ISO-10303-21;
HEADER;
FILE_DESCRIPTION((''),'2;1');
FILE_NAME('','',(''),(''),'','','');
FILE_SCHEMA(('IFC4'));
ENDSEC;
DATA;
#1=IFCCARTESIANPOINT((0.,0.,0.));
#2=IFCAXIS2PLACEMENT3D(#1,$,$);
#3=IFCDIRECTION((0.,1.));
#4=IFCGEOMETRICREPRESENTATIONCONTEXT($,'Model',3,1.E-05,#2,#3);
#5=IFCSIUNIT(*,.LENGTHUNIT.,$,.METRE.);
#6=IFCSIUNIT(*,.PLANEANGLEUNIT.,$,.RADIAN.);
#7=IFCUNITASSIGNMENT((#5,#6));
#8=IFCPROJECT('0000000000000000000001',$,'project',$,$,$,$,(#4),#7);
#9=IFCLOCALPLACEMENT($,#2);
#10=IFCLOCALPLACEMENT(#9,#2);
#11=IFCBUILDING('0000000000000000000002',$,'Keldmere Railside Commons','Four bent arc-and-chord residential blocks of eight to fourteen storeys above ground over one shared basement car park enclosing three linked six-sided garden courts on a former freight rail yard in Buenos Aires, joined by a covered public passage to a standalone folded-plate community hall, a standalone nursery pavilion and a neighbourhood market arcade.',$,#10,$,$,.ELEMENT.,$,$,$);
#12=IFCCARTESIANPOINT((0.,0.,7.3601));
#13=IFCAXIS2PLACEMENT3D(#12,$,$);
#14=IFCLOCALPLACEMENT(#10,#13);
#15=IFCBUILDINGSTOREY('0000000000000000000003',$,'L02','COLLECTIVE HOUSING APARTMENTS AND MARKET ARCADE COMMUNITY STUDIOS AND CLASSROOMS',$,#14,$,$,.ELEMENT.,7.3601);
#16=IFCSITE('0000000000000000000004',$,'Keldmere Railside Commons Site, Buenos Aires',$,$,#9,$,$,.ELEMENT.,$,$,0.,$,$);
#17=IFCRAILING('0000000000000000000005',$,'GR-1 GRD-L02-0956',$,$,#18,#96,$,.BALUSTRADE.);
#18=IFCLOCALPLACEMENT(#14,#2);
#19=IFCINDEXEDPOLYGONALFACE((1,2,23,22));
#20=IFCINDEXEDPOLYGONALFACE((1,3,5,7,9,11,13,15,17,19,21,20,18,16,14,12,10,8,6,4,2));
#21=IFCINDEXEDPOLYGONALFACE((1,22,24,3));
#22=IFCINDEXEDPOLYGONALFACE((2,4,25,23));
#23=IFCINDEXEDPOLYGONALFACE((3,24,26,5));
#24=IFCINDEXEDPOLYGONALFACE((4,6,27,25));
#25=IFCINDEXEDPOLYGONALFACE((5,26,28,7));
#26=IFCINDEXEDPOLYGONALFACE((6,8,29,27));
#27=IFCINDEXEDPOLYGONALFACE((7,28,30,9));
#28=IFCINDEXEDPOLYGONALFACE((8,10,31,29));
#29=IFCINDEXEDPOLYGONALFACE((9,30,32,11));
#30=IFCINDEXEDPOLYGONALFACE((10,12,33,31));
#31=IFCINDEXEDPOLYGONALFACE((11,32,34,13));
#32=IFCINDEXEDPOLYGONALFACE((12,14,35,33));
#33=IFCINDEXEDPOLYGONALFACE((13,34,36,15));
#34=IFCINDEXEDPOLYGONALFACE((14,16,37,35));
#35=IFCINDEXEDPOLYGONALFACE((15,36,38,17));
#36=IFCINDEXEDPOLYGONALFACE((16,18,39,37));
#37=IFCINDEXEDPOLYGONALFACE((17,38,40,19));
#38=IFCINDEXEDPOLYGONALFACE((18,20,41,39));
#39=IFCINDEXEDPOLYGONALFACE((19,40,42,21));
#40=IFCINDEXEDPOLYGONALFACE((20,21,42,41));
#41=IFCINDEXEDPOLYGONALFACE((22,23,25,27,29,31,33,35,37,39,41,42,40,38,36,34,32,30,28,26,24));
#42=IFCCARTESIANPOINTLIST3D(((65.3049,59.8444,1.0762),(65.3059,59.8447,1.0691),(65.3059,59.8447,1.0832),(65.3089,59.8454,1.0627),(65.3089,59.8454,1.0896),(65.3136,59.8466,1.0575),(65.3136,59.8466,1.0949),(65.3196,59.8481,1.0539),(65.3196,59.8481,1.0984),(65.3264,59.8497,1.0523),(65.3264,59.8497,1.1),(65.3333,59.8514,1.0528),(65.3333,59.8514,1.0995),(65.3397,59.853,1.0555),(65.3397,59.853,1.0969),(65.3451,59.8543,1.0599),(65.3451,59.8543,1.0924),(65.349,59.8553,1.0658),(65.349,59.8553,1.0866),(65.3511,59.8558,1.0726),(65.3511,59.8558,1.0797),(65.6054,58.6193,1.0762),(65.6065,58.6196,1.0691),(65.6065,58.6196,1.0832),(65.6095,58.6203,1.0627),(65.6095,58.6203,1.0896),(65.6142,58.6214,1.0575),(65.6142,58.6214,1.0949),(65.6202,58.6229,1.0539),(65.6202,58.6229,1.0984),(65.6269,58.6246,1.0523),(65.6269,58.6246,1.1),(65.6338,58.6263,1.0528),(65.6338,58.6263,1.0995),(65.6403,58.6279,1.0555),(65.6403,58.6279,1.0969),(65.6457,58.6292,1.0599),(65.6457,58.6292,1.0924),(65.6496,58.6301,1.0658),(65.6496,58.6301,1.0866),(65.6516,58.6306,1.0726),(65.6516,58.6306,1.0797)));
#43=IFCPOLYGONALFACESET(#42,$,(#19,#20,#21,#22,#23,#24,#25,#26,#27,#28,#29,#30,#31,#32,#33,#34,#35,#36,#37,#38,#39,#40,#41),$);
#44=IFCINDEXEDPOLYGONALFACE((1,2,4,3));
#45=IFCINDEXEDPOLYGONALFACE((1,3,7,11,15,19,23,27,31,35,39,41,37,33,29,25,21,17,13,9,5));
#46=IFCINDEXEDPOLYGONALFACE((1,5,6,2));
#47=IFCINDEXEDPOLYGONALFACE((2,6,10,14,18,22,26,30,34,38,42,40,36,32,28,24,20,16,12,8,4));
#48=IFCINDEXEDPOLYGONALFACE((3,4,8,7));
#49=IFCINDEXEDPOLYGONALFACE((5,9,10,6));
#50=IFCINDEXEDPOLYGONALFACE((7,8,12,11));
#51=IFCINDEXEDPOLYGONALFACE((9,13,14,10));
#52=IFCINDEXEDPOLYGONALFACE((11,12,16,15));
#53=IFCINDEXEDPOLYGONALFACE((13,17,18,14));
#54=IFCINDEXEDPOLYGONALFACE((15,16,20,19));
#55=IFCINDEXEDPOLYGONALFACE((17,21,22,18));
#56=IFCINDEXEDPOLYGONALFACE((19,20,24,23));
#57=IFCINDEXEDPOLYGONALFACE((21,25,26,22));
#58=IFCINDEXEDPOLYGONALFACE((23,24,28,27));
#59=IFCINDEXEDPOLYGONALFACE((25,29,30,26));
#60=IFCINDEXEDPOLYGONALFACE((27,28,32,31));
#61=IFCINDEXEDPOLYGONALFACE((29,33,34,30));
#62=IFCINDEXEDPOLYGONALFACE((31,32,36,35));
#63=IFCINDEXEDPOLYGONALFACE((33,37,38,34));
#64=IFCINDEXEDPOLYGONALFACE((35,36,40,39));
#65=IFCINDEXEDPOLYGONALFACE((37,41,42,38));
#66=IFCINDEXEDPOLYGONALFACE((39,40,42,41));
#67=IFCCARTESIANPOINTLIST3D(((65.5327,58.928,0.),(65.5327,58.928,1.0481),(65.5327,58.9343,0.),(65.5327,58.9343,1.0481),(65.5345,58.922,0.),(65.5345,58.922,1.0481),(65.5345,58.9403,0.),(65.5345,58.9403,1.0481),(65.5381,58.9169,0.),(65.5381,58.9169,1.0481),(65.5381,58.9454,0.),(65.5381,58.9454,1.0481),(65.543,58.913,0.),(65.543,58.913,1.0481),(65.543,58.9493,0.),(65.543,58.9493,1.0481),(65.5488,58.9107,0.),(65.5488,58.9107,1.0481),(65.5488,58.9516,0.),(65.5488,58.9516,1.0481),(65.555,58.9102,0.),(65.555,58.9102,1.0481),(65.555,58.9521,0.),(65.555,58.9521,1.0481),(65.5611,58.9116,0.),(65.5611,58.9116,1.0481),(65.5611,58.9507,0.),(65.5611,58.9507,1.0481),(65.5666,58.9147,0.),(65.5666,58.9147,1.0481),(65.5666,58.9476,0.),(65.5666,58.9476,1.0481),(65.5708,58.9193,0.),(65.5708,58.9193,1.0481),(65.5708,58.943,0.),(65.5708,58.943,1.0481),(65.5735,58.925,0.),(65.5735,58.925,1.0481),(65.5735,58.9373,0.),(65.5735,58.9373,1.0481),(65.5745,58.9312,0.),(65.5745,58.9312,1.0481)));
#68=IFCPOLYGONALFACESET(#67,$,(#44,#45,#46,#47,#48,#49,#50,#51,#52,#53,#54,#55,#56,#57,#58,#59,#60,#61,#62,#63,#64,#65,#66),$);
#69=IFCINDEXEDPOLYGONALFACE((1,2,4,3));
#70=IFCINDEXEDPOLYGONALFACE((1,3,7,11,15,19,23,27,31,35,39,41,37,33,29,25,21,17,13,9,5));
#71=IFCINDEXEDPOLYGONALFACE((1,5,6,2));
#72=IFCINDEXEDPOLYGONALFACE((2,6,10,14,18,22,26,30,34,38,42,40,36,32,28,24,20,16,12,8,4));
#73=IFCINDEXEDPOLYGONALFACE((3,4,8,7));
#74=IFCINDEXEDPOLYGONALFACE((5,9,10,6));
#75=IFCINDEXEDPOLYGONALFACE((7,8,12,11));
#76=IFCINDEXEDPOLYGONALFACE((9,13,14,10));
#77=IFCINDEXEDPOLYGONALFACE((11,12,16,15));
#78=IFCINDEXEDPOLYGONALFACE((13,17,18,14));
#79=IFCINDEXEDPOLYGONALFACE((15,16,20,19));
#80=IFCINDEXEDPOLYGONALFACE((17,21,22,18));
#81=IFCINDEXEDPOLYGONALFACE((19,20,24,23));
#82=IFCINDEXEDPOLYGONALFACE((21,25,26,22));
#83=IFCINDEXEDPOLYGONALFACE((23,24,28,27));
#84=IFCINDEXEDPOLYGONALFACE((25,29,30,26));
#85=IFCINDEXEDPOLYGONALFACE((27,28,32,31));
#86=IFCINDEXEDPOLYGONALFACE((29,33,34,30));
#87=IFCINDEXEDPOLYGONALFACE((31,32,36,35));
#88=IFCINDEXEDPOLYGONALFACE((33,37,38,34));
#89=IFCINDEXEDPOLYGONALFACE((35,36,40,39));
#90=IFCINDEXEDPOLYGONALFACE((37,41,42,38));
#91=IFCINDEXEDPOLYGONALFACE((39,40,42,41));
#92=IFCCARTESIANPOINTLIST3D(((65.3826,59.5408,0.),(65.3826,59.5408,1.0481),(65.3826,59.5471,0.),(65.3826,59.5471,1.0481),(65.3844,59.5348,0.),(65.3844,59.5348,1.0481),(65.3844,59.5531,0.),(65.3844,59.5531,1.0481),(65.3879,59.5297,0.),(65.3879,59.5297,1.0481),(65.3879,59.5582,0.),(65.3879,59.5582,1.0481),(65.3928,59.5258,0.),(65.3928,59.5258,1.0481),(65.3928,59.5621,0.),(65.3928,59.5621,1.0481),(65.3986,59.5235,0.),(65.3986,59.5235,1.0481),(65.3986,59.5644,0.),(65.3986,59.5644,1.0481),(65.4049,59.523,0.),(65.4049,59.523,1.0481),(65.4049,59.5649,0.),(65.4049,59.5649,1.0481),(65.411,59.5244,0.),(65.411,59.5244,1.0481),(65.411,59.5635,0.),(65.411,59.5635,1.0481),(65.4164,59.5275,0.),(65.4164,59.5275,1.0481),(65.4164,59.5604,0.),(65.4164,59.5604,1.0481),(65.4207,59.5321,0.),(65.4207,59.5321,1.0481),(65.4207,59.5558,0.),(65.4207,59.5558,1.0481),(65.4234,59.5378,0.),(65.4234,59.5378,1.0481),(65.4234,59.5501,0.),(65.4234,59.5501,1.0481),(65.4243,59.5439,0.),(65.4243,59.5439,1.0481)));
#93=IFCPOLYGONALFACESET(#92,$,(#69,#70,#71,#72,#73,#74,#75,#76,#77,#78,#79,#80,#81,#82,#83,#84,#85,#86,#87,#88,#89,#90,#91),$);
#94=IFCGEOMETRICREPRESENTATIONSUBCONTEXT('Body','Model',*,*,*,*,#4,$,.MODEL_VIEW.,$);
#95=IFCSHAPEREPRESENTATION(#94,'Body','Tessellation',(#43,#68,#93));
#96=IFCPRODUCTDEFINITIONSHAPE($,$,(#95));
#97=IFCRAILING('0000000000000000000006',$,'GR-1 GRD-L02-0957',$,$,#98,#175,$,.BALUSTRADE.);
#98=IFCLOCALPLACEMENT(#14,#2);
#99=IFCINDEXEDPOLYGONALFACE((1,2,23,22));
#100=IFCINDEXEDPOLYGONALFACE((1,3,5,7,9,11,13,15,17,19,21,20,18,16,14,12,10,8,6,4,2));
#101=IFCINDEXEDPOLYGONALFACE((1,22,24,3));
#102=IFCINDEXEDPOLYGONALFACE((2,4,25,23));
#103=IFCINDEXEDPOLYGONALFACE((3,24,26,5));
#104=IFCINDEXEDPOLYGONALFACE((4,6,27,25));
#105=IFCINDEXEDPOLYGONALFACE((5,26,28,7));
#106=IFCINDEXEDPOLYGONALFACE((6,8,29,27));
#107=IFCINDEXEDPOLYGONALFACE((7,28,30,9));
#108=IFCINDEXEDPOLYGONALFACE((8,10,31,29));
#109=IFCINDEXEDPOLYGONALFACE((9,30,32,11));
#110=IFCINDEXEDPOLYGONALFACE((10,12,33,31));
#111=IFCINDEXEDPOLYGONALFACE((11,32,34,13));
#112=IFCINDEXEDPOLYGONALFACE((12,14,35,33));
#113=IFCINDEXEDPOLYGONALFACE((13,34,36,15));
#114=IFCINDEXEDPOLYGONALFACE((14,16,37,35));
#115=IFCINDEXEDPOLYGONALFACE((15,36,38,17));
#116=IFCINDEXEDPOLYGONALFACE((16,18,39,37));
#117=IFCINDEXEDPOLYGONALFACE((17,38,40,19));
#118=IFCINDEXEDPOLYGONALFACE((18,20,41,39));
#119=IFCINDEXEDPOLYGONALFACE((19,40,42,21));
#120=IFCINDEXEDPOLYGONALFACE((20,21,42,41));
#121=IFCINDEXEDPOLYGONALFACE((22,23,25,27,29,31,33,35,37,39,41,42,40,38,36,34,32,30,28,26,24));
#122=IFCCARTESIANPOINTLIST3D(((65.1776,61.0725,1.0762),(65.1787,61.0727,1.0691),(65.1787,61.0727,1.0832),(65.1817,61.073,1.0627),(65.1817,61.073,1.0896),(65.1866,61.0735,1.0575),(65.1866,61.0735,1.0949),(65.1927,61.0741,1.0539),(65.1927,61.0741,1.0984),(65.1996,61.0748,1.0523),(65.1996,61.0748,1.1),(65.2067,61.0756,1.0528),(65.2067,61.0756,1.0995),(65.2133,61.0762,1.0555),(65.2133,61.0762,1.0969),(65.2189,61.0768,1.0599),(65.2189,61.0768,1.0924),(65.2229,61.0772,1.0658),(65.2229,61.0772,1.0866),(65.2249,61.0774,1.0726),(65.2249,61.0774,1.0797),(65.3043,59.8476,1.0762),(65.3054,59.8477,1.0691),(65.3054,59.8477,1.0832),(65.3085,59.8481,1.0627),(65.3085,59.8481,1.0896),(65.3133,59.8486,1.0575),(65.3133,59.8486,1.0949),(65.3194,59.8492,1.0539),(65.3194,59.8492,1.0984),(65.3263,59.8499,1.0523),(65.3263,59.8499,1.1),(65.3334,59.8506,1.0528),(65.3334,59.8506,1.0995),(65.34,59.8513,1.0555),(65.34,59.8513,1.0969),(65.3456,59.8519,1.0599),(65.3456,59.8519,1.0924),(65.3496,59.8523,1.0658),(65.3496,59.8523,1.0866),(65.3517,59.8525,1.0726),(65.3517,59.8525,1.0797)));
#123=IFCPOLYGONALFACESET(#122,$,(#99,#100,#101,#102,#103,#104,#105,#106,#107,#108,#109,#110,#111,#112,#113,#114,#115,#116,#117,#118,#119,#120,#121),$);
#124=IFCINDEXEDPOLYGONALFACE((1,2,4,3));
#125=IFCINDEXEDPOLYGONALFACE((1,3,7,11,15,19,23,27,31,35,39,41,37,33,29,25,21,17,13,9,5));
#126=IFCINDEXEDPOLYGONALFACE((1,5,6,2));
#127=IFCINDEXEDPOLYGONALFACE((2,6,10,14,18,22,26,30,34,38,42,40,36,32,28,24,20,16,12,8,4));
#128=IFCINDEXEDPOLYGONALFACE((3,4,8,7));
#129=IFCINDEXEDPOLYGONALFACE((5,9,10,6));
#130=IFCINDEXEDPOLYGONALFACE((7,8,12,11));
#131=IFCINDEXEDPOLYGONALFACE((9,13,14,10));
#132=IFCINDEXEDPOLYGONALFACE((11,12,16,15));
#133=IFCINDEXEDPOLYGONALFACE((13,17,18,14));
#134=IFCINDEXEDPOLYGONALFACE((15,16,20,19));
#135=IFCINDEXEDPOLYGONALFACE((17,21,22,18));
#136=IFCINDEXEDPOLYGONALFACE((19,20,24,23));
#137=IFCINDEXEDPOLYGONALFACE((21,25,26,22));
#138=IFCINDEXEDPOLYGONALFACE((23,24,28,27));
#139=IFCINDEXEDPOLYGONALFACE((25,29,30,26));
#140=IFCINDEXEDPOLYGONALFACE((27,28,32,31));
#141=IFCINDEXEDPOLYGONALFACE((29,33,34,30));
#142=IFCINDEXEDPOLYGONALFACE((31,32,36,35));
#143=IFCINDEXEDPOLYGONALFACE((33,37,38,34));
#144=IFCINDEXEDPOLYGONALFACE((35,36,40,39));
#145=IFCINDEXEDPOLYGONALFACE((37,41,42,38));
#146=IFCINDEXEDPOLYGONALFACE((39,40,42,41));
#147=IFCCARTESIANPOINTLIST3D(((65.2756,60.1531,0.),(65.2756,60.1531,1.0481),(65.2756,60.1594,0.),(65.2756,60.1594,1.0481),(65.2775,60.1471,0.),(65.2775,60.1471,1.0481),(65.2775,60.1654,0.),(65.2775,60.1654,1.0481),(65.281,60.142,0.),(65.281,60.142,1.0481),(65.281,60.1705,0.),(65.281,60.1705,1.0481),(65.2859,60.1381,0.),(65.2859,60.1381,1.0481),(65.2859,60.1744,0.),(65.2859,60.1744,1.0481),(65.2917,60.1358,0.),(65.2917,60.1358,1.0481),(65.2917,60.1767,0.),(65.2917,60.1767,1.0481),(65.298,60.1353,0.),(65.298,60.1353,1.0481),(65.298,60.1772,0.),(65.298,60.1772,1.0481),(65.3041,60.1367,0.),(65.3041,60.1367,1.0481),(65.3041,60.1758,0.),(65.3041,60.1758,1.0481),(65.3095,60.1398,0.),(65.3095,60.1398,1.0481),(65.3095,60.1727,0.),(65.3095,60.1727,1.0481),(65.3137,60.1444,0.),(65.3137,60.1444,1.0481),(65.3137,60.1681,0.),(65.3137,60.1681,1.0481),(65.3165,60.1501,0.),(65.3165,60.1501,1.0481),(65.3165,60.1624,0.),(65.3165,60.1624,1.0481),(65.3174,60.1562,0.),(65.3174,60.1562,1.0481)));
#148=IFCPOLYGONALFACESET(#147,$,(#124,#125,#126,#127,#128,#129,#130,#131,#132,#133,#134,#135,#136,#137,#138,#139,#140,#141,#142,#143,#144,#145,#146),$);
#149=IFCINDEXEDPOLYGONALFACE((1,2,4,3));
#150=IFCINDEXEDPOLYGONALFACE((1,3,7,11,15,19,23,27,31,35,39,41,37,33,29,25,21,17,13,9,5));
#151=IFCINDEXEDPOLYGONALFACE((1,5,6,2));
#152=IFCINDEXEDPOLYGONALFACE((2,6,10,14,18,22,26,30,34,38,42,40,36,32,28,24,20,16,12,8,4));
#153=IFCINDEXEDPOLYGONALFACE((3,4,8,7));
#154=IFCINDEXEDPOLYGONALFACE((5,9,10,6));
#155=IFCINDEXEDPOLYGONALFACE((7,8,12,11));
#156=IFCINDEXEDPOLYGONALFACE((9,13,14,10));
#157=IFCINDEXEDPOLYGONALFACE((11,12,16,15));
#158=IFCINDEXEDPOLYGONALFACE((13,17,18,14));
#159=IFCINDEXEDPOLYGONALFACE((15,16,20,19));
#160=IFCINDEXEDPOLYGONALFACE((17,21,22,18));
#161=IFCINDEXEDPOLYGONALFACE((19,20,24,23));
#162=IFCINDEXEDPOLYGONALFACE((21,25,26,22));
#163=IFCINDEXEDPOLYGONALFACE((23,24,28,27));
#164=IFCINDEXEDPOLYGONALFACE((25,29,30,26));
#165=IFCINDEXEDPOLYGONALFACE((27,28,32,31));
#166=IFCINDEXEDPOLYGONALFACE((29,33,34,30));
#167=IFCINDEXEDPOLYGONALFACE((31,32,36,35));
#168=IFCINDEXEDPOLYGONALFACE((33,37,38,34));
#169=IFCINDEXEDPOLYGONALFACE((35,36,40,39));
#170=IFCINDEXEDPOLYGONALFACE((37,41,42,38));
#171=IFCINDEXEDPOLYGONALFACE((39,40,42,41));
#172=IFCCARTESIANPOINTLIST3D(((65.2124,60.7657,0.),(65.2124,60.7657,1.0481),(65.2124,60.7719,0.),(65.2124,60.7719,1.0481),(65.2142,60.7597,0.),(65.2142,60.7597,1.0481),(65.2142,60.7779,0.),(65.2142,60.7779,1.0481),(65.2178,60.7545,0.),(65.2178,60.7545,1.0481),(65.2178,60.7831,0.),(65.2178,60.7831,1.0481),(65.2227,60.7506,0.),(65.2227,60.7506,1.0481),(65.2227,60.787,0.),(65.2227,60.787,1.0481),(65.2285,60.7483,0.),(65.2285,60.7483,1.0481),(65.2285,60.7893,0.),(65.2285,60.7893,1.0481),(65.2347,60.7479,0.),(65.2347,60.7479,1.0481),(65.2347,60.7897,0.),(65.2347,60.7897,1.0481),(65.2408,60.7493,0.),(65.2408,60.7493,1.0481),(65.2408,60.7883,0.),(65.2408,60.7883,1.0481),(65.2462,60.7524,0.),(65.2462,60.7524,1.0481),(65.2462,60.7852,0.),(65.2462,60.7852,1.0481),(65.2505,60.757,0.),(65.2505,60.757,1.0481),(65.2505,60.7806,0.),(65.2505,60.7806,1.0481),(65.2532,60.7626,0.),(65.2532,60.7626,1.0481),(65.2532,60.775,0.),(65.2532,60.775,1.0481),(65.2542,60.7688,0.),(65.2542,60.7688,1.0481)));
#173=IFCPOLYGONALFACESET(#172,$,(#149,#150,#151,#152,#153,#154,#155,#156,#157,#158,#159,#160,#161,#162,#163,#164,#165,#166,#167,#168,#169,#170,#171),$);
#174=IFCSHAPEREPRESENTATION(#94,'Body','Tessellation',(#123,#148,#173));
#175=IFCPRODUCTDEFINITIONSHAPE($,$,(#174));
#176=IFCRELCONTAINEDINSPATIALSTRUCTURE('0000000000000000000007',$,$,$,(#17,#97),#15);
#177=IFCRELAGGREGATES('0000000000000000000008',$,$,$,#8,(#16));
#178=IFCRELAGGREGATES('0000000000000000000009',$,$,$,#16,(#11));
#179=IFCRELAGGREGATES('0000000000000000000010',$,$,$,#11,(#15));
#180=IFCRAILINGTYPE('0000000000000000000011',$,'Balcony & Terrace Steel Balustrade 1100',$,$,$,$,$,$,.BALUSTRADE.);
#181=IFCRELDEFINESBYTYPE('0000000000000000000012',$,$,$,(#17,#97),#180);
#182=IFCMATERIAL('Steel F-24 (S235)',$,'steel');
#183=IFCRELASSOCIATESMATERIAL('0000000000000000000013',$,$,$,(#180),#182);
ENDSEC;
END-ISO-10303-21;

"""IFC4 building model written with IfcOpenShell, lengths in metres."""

from ifc_helpers import new_model, si_unit, direction, frame, origin, origin_2d, place, context, subcontext, project, spatial, circle, extrude, material, type_object, element, save


model = new_model("IFC4")

# Units and contexts
model_context = context("Model", 3, precision=1e-05, world=origin(), true_north=direction((0.0, 1.0)))
body_context = subcontext(model_context, "Body", "Model", "MODEL_VIEW")
ifc_project = project(units=[si_unit("LENGTHUNIT", "METRE"), si_unit("PLANEANGLEUNIT", "RADIAN")], contexts=[model_context])

# Site, building, storey
site_placement = place(None, origin())
site = spatial("IfcSite", under=ifc_project, at=site_placement, Name="Keldmere Railside Commons Site, Buenos Aires", CompositionType="ELEMENT", RefElevation=0.0)
building_placement = place(site_placement, origin())
building = spatial("IfcBuilding", under=site, at=building_placement, Name="Keldmere Railside Commons", Description="Four bent arc-and-chord residential blocks of eight to fourteen storeys above ground over one shared basement car park enclosing three linked six-sided garden courts on a former freight rail yard in Buenos Aires, joined by a covered public passage to a standalone folded-plate community hall, a standalone nursery pavilion and a neighbourhood market arcade.", CompositionType="ELEMENT")
storey_placement = place(building_placement, frame((0.0, 0.0, 7.3601)))
storey = spatial("IfcBuildingStorey", under=building, at=storey_placement, Name="L02", Description="COLLECTIVE HOUSING APARTMENTS AND MARKET ARCADE COMMUNITY STUDIOS AND CLASSROOMS", CompositionType="ELEMENT", Elevation=7.3601)

# Railings
ifc_material_1 = material(Name="Steel F-24 (S235)", Category="steel")
railing_type = type_object("IfcRailingType", Name="Balcony & Terrace Steel Balustrade 1100", PredefinedType="BALUSTRADE", material=ifc_material_1)
railing_1_placement = place(storey_placement, frame((65.6287, 58.625, 0.0)))
element("IfcRailing", 1, at=railing_1_placement, inside=storey, type_object=railing_type, Name="GR-1 GRD-L02-0956", PredefinedType="BALUSTRADE", context=body_context, shape_type="SweptSolid", body=[
    extrude(circle(Radius=0.0239, at=origin_2d()), frame((0.0, 0.0, 1.0762), z_axis=(-0.238253, 0.971203, 0.0), x_axis=(-0.971203, -0.238253, 0.0)), (0.0, 0.0, 1.0), 1.2615),
    extrude(circle(Radius=0.021, at=origin_2d()), frame((-0.0752, 0.3062, 0.0)), (0.0, 0.0, 1.0), 1.0481),
    extrude(circle(Radius=0.021, at=origin_2d()), frame((-0.2253, 0.9189, 0.0)), (0.0, 0.0, 1.0), 1.0481),
])
railing_2_placement = place(storey_placement, frame((65.3281, 59.8501, 0.0)))
element("IfcRailing", 2, at=railing_2_placement, inside=storey, type_object=railing_type, Name="GR-1 GRD-L02-0957", PredefinedType="BALUSTRADE", context=body_context, shape_type="SweptSolid", body=[
    extrude(circle(Radius=0.0239, at=origin_2d()), frame((0.0, 0.0, 1.0762), z_axis=(-0.102899, 0.994692, 0.0), x_axis=(-0.994692, -0.102899, 0.0)), (0.0, 0.0, 1.0), 1.2314),
    extrude(circle(Radius=0.021, at=origin_2d()), frame((-0.0317, 0.3062, 0.0)), (0.0, 0.0, 1.0), 1.0481),
    extrude(circle(Radius=0.021, at=origin_2d()), frame((-0.095, 0.9187, 0.0)), (0.0, 0.0, 1.0), 1.0481),
])

save(model, "model.ifc")
